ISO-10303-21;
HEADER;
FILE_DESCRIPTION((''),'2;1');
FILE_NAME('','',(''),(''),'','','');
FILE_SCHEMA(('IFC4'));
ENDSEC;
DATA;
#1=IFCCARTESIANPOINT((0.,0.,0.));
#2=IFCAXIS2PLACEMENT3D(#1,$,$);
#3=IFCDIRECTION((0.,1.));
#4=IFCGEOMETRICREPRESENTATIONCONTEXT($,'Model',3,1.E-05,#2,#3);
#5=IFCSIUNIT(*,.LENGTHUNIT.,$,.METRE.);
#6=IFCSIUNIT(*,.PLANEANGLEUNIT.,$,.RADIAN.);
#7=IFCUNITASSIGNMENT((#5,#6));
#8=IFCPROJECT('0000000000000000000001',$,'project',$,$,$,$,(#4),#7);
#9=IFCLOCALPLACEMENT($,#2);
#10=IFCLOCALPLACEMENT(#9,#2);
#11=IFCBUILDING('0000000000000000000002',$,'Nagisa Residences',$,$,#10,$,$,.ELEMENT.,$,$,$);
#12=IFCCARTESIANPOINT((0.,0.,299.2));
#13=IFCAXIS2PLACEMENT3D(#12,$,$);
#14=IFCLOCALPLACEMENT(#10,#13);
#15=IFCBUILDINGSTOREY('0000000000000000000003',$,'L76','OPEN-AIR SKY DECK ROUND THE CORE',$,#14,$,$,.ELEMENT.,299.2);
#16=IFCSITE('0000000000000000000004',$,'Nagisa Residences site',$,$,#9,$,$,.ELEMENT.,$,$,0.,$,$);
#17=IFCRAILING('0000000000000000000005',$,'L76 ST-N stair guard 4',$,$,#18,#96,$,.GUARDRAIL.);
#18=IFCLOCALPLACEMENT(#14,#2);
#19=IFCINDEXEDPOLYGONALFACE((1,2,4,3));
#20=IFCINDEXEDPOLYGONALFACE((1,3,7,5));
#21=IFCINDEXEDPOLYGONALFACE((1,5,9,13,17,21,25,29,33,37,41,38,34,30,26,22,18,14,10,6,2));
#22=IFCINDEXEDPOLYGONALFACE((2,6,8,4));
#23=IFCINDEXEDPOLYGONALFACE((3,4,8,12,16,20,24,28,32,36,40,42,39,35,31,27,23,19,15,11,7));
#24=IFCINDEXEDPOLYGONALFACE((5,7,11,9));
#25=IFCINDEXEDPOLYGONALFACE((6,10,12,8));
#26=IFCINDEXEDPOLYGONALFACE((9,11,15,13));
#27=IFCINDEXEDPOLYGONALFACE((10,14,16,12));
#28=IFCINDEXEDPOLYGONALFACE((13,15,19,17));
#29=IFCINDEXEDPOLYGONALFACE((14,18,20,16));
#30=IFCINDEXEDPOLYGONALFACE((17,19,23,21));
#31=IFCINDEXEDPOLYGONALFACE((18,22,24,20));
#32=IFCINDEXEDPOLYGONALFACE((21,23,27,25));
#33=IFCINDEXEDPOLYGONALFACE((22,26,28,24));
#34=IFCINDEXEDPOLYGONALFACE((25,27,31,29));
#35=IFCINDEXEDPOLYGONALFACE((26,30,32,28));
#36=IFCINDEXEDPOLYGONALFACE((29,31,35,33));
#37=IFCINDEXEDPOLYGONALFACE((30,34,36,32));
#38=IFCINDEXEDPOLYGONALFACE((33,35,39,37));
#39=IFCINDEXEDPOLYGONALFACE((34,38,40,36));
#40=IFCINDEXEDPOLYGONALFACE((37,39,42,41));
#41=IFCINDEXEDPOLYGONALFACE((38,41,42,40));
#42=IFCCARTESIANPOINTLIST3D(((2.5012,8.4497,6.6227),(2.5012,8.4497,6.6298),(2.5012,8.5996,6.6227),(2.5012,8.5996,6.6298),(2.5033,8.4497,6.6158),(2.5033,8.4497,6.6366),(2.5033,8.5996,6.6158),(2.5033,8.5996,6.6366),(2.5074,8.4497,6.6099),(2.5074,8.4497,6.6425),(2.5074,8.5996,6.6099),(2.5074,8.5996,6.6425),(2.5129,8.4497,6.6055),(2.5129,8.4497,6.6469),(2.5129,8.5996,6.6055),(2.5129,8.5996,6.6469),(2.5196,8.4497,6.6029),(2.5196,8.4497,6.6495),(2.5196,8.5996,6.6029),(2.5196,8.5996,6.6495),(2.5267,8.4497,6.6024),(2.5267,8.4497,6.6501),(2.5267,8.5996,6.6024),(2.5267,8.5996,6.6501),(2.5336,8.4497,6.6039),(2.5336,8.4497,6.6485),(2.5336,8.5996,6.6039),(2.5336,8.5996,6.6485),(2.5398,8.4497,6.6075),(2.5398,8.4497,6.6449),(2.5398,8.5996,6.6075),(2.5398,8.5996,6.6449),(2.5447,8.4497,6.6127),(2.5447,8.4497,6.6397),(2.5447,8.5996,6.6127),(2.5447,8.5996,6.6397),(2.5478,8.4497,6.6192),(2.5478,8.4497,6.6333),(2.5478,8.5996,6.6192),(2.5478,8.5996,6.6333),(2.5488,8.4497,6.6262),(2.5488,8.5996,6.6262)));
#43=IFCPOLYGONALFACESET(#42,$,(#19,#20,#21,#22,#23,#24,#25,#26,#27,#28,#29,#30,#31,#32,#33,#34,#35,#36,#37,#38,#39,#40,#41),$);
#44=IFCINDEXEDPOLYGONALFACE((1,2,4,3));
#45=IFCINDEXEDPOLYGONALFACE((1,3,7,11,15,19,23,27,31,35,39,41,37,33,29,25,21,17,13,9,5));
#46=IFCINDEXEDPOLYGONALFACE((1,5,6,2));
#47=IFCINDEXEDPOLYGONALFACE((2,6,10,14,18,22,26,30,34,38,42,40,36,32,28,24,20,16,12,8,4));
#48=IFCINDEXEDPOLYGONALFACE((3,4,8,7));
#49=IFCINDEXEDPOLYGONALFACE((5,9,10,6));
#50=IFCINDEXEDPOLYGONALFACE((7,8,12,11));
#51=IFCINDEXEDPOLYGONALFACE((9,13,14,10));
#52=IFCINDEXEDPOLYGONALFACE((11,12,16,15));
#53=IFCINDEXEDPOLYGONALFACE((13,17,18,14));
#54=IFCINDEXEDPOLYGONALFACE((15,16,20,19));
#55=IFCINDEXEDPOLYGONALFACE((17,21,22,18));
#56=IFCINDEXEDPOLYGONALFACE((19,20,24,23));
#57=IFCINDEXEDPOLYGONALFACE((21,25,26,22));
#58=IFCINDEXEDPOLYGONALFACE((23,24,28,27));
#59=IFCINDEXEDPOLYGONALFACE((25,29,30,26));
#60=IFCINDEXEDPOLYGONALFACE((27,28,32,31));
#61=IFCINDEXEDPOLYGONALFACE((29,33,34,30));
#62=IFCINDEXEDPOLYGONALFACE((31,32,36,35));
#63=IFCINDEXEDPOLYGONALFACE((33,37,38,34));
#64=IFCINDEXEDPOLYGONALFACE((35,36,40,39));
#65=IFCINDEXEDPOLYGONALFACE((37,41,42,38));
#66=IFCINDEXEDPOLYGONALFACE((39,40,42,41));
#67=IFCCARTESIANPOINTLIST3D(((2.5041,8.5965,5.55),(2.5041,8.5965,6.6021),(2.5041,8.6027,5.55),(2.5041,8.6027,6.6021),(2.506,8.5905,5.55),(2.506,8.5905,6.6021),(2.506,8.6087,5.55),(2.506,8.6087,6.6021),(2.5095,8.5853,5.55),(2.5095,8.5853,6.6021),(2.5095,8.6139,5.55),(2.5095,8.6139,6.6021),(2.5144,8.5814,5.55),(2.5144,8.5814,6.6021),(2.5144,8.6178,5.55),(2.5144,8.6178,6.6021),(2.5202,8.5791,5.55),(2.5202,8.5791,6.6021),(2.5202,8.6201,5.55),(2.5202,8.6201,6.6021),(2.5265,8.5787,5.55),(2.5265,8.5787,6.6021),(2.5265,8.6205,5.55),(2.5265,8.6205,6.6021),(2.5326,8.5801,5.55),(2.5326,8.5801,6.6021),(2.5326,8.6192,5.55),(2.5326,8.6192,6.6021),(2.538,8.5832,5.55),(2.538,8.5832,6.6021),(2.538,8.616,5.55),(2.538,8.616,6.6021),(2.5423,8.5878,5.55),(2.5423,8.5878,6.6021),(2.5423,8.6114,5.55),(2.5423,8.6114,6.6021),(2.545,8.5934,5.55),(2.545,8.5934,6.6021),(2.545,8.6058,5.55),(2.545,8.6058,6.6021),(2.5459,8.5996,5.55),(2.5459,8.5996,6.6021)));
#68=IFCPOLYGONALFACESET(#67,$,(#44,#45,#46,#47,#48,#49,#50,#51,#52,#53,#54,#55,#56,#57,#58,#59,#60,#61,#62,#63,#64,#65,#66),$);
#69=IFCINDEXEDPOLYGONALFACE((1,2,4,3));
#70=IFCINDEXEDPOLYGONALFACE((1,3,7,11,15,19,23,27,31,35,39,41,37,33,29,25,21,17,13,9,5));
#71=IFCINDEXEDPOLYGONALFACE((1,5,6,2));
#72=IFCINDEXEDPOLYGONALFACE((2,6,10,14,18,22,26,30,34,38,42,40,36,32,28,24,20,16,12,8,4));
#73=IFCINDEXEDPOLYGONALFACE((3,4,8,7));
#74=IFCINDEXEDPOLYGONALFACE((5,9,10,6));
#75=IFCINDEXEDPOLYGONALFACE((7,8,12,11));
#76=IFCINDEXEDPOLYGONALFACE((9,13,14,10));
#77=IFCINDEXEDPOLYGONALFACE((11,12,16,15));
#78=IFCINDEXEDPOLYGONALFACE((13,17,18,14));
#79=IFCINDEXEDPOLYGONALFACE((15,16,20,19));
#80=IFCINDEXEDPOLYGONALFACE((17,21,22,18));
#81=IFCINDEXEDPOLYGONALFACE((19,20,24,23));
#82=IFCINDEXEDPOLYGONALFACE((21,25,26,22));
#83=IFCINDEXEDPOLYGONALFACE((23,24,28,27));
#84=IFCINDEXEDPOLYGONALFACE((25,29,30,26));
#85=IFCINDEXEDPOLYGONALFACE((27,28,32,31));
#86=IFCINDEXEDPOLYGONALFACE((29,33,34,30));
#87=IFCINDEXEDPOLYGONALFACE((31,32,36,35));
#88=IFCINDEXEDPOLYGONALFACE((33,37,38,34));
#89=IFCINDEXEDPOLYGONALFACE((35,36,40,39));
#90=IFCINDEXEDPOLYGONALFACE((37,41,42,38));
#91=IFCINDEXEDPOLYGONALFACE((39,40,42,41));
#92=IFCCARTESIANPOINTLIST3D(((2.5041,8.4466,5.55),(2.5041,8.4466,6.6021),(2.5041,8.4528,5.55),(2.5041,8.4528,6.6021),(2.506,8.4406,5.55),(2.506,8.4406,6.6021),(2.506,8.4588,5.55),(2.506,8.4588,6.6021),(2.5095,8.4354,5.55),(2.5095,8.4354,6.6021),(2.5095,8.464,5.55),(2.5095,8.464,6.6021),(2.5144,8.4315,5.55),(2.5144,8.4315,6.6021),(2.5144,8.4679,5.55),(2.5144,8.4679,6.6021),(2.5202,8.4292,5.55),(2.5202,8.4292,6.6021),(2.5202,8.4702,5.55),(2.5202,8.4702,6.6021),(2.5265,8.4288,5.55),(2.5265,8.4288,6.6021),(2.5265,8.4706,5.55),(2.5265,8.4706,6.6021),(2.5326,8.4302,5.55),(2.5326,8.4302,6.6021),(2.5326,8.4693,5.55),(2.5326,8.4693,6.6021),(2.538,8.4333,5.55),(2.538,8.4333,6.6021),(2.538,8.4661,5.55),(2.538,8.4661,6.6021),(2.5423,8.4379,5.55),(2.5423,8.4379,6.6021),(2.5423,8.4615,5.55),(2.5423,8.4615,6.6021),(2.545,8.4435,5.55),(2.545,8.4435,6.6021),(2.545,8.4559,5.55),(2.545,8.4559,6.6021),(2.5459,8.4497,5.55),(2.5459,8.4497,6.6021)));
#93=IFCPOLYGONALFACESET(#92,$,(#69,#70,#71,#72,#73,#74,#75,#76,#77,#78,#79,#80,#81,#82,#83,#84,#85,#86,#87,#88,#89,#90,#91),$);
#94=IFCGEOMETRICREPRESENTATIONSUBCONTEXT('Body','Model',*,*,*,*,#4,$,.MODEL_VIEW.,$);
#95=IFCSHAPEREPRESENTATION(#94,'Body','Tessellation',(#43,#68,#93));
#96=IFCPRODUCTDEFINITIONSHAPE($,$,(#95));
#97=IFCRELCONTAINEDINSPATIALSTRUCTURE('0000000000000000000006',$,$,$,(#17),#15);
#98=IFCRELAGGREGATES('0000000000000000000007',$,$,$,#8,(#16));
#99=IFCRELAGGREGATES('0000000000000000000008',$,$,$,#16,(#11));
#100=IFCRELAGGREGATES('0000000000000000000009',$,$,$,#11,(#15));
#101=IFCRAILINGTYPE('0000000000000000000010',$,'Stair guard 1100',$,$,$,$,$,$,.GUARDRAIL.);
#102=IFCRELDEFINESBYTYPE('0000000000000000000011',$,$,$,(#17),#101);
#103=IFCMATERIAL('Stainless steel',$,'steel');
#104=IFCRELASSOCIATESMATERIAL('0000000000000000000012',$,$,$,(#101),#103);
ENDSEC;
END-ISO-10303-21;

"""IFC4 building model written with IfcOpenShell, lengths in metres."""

from ifc_helpers import new_model, si_unit, direction, frame, origin, origin_2d, place, context, subcontext, project, spatial, circle, extrude, material, type_object, element, save


model = new_model("IFC4")

# Units and contexts
model_context = context("Model", 3, precision=1e-05, world=origin(), true_north=direction((0.0, 1.0)))
body_context = subcontext(model_context, "Body", "Model", "MODEL_VIEW")
ifc_project = project(units=[si_unit("LENGTHUNIT", "METRE"), si_unit("PLANEANGLEUNIT", "RADIAN")], contexts=[model_context])

# Site, building, storey
site_placement = place(None, origin())
site = spatial("IfcSite", under=ifc_project, at=site_placement, Name="Nagisa Residences site", CompositionType="ELEMENT", RefElevation=0.0)
building_placement = place(site_placement, origin())
building = spatial("IfcBuilding", under=site, at=building_placement, Name="Nagisa Residences", CompositionType="ELEMENT")
storey_placement = place(building_placement, frame((0.0, 0.0, 299.2)))
storey = spatial("IfcBuildingStorey", under=building, at=storey_placement, Name="L76", Description="OPEN-AIR SKY DECK ROUND THE CORE", CompositionType="ELEMENT", Elevation=299.2)

# Railing
ifc_material_1 = material(Name="Stainless steel", Category="steel")
railing_type_1 = type_object("IfcRailingType", Name="Stair guard 1100", PredefinedType="GUARDRAIL", material=ifc_material_1)
railing_1_placement = place(storey_placement, frame((2.5249, 8.5996, 5.55)))
element("IfcRailing", 1, at=railing_1_placement, inside=storey, type_object=railing_type_1, Name="L76 ST-N stair guard 4", PredefinedType="GUARDRAIL", context=body_context, shape_type="SweptSolid", body=[
    extrude(circle(Radius=0.0239, at=origin_2d()), frame((0.0, 0.0, 1.0762), z_axis=(0.0, -1.0, 0.0), x_axis=(1.0, 0.0, 0.0)), (0.0, 0.0, 1.0), 0.1499),
    extrude(circle(Radius=0.021, at=origin_2d()), origin(), (0.0, 0.0, 1.0), 1.052),
    extrude(circle(Radius=0.021, at=origin_2d()), frame((0.0, -0.1499, 0.0)), (0.0, 0.0, 1.0), 1.052),
])

save(model, "model.ifc")
